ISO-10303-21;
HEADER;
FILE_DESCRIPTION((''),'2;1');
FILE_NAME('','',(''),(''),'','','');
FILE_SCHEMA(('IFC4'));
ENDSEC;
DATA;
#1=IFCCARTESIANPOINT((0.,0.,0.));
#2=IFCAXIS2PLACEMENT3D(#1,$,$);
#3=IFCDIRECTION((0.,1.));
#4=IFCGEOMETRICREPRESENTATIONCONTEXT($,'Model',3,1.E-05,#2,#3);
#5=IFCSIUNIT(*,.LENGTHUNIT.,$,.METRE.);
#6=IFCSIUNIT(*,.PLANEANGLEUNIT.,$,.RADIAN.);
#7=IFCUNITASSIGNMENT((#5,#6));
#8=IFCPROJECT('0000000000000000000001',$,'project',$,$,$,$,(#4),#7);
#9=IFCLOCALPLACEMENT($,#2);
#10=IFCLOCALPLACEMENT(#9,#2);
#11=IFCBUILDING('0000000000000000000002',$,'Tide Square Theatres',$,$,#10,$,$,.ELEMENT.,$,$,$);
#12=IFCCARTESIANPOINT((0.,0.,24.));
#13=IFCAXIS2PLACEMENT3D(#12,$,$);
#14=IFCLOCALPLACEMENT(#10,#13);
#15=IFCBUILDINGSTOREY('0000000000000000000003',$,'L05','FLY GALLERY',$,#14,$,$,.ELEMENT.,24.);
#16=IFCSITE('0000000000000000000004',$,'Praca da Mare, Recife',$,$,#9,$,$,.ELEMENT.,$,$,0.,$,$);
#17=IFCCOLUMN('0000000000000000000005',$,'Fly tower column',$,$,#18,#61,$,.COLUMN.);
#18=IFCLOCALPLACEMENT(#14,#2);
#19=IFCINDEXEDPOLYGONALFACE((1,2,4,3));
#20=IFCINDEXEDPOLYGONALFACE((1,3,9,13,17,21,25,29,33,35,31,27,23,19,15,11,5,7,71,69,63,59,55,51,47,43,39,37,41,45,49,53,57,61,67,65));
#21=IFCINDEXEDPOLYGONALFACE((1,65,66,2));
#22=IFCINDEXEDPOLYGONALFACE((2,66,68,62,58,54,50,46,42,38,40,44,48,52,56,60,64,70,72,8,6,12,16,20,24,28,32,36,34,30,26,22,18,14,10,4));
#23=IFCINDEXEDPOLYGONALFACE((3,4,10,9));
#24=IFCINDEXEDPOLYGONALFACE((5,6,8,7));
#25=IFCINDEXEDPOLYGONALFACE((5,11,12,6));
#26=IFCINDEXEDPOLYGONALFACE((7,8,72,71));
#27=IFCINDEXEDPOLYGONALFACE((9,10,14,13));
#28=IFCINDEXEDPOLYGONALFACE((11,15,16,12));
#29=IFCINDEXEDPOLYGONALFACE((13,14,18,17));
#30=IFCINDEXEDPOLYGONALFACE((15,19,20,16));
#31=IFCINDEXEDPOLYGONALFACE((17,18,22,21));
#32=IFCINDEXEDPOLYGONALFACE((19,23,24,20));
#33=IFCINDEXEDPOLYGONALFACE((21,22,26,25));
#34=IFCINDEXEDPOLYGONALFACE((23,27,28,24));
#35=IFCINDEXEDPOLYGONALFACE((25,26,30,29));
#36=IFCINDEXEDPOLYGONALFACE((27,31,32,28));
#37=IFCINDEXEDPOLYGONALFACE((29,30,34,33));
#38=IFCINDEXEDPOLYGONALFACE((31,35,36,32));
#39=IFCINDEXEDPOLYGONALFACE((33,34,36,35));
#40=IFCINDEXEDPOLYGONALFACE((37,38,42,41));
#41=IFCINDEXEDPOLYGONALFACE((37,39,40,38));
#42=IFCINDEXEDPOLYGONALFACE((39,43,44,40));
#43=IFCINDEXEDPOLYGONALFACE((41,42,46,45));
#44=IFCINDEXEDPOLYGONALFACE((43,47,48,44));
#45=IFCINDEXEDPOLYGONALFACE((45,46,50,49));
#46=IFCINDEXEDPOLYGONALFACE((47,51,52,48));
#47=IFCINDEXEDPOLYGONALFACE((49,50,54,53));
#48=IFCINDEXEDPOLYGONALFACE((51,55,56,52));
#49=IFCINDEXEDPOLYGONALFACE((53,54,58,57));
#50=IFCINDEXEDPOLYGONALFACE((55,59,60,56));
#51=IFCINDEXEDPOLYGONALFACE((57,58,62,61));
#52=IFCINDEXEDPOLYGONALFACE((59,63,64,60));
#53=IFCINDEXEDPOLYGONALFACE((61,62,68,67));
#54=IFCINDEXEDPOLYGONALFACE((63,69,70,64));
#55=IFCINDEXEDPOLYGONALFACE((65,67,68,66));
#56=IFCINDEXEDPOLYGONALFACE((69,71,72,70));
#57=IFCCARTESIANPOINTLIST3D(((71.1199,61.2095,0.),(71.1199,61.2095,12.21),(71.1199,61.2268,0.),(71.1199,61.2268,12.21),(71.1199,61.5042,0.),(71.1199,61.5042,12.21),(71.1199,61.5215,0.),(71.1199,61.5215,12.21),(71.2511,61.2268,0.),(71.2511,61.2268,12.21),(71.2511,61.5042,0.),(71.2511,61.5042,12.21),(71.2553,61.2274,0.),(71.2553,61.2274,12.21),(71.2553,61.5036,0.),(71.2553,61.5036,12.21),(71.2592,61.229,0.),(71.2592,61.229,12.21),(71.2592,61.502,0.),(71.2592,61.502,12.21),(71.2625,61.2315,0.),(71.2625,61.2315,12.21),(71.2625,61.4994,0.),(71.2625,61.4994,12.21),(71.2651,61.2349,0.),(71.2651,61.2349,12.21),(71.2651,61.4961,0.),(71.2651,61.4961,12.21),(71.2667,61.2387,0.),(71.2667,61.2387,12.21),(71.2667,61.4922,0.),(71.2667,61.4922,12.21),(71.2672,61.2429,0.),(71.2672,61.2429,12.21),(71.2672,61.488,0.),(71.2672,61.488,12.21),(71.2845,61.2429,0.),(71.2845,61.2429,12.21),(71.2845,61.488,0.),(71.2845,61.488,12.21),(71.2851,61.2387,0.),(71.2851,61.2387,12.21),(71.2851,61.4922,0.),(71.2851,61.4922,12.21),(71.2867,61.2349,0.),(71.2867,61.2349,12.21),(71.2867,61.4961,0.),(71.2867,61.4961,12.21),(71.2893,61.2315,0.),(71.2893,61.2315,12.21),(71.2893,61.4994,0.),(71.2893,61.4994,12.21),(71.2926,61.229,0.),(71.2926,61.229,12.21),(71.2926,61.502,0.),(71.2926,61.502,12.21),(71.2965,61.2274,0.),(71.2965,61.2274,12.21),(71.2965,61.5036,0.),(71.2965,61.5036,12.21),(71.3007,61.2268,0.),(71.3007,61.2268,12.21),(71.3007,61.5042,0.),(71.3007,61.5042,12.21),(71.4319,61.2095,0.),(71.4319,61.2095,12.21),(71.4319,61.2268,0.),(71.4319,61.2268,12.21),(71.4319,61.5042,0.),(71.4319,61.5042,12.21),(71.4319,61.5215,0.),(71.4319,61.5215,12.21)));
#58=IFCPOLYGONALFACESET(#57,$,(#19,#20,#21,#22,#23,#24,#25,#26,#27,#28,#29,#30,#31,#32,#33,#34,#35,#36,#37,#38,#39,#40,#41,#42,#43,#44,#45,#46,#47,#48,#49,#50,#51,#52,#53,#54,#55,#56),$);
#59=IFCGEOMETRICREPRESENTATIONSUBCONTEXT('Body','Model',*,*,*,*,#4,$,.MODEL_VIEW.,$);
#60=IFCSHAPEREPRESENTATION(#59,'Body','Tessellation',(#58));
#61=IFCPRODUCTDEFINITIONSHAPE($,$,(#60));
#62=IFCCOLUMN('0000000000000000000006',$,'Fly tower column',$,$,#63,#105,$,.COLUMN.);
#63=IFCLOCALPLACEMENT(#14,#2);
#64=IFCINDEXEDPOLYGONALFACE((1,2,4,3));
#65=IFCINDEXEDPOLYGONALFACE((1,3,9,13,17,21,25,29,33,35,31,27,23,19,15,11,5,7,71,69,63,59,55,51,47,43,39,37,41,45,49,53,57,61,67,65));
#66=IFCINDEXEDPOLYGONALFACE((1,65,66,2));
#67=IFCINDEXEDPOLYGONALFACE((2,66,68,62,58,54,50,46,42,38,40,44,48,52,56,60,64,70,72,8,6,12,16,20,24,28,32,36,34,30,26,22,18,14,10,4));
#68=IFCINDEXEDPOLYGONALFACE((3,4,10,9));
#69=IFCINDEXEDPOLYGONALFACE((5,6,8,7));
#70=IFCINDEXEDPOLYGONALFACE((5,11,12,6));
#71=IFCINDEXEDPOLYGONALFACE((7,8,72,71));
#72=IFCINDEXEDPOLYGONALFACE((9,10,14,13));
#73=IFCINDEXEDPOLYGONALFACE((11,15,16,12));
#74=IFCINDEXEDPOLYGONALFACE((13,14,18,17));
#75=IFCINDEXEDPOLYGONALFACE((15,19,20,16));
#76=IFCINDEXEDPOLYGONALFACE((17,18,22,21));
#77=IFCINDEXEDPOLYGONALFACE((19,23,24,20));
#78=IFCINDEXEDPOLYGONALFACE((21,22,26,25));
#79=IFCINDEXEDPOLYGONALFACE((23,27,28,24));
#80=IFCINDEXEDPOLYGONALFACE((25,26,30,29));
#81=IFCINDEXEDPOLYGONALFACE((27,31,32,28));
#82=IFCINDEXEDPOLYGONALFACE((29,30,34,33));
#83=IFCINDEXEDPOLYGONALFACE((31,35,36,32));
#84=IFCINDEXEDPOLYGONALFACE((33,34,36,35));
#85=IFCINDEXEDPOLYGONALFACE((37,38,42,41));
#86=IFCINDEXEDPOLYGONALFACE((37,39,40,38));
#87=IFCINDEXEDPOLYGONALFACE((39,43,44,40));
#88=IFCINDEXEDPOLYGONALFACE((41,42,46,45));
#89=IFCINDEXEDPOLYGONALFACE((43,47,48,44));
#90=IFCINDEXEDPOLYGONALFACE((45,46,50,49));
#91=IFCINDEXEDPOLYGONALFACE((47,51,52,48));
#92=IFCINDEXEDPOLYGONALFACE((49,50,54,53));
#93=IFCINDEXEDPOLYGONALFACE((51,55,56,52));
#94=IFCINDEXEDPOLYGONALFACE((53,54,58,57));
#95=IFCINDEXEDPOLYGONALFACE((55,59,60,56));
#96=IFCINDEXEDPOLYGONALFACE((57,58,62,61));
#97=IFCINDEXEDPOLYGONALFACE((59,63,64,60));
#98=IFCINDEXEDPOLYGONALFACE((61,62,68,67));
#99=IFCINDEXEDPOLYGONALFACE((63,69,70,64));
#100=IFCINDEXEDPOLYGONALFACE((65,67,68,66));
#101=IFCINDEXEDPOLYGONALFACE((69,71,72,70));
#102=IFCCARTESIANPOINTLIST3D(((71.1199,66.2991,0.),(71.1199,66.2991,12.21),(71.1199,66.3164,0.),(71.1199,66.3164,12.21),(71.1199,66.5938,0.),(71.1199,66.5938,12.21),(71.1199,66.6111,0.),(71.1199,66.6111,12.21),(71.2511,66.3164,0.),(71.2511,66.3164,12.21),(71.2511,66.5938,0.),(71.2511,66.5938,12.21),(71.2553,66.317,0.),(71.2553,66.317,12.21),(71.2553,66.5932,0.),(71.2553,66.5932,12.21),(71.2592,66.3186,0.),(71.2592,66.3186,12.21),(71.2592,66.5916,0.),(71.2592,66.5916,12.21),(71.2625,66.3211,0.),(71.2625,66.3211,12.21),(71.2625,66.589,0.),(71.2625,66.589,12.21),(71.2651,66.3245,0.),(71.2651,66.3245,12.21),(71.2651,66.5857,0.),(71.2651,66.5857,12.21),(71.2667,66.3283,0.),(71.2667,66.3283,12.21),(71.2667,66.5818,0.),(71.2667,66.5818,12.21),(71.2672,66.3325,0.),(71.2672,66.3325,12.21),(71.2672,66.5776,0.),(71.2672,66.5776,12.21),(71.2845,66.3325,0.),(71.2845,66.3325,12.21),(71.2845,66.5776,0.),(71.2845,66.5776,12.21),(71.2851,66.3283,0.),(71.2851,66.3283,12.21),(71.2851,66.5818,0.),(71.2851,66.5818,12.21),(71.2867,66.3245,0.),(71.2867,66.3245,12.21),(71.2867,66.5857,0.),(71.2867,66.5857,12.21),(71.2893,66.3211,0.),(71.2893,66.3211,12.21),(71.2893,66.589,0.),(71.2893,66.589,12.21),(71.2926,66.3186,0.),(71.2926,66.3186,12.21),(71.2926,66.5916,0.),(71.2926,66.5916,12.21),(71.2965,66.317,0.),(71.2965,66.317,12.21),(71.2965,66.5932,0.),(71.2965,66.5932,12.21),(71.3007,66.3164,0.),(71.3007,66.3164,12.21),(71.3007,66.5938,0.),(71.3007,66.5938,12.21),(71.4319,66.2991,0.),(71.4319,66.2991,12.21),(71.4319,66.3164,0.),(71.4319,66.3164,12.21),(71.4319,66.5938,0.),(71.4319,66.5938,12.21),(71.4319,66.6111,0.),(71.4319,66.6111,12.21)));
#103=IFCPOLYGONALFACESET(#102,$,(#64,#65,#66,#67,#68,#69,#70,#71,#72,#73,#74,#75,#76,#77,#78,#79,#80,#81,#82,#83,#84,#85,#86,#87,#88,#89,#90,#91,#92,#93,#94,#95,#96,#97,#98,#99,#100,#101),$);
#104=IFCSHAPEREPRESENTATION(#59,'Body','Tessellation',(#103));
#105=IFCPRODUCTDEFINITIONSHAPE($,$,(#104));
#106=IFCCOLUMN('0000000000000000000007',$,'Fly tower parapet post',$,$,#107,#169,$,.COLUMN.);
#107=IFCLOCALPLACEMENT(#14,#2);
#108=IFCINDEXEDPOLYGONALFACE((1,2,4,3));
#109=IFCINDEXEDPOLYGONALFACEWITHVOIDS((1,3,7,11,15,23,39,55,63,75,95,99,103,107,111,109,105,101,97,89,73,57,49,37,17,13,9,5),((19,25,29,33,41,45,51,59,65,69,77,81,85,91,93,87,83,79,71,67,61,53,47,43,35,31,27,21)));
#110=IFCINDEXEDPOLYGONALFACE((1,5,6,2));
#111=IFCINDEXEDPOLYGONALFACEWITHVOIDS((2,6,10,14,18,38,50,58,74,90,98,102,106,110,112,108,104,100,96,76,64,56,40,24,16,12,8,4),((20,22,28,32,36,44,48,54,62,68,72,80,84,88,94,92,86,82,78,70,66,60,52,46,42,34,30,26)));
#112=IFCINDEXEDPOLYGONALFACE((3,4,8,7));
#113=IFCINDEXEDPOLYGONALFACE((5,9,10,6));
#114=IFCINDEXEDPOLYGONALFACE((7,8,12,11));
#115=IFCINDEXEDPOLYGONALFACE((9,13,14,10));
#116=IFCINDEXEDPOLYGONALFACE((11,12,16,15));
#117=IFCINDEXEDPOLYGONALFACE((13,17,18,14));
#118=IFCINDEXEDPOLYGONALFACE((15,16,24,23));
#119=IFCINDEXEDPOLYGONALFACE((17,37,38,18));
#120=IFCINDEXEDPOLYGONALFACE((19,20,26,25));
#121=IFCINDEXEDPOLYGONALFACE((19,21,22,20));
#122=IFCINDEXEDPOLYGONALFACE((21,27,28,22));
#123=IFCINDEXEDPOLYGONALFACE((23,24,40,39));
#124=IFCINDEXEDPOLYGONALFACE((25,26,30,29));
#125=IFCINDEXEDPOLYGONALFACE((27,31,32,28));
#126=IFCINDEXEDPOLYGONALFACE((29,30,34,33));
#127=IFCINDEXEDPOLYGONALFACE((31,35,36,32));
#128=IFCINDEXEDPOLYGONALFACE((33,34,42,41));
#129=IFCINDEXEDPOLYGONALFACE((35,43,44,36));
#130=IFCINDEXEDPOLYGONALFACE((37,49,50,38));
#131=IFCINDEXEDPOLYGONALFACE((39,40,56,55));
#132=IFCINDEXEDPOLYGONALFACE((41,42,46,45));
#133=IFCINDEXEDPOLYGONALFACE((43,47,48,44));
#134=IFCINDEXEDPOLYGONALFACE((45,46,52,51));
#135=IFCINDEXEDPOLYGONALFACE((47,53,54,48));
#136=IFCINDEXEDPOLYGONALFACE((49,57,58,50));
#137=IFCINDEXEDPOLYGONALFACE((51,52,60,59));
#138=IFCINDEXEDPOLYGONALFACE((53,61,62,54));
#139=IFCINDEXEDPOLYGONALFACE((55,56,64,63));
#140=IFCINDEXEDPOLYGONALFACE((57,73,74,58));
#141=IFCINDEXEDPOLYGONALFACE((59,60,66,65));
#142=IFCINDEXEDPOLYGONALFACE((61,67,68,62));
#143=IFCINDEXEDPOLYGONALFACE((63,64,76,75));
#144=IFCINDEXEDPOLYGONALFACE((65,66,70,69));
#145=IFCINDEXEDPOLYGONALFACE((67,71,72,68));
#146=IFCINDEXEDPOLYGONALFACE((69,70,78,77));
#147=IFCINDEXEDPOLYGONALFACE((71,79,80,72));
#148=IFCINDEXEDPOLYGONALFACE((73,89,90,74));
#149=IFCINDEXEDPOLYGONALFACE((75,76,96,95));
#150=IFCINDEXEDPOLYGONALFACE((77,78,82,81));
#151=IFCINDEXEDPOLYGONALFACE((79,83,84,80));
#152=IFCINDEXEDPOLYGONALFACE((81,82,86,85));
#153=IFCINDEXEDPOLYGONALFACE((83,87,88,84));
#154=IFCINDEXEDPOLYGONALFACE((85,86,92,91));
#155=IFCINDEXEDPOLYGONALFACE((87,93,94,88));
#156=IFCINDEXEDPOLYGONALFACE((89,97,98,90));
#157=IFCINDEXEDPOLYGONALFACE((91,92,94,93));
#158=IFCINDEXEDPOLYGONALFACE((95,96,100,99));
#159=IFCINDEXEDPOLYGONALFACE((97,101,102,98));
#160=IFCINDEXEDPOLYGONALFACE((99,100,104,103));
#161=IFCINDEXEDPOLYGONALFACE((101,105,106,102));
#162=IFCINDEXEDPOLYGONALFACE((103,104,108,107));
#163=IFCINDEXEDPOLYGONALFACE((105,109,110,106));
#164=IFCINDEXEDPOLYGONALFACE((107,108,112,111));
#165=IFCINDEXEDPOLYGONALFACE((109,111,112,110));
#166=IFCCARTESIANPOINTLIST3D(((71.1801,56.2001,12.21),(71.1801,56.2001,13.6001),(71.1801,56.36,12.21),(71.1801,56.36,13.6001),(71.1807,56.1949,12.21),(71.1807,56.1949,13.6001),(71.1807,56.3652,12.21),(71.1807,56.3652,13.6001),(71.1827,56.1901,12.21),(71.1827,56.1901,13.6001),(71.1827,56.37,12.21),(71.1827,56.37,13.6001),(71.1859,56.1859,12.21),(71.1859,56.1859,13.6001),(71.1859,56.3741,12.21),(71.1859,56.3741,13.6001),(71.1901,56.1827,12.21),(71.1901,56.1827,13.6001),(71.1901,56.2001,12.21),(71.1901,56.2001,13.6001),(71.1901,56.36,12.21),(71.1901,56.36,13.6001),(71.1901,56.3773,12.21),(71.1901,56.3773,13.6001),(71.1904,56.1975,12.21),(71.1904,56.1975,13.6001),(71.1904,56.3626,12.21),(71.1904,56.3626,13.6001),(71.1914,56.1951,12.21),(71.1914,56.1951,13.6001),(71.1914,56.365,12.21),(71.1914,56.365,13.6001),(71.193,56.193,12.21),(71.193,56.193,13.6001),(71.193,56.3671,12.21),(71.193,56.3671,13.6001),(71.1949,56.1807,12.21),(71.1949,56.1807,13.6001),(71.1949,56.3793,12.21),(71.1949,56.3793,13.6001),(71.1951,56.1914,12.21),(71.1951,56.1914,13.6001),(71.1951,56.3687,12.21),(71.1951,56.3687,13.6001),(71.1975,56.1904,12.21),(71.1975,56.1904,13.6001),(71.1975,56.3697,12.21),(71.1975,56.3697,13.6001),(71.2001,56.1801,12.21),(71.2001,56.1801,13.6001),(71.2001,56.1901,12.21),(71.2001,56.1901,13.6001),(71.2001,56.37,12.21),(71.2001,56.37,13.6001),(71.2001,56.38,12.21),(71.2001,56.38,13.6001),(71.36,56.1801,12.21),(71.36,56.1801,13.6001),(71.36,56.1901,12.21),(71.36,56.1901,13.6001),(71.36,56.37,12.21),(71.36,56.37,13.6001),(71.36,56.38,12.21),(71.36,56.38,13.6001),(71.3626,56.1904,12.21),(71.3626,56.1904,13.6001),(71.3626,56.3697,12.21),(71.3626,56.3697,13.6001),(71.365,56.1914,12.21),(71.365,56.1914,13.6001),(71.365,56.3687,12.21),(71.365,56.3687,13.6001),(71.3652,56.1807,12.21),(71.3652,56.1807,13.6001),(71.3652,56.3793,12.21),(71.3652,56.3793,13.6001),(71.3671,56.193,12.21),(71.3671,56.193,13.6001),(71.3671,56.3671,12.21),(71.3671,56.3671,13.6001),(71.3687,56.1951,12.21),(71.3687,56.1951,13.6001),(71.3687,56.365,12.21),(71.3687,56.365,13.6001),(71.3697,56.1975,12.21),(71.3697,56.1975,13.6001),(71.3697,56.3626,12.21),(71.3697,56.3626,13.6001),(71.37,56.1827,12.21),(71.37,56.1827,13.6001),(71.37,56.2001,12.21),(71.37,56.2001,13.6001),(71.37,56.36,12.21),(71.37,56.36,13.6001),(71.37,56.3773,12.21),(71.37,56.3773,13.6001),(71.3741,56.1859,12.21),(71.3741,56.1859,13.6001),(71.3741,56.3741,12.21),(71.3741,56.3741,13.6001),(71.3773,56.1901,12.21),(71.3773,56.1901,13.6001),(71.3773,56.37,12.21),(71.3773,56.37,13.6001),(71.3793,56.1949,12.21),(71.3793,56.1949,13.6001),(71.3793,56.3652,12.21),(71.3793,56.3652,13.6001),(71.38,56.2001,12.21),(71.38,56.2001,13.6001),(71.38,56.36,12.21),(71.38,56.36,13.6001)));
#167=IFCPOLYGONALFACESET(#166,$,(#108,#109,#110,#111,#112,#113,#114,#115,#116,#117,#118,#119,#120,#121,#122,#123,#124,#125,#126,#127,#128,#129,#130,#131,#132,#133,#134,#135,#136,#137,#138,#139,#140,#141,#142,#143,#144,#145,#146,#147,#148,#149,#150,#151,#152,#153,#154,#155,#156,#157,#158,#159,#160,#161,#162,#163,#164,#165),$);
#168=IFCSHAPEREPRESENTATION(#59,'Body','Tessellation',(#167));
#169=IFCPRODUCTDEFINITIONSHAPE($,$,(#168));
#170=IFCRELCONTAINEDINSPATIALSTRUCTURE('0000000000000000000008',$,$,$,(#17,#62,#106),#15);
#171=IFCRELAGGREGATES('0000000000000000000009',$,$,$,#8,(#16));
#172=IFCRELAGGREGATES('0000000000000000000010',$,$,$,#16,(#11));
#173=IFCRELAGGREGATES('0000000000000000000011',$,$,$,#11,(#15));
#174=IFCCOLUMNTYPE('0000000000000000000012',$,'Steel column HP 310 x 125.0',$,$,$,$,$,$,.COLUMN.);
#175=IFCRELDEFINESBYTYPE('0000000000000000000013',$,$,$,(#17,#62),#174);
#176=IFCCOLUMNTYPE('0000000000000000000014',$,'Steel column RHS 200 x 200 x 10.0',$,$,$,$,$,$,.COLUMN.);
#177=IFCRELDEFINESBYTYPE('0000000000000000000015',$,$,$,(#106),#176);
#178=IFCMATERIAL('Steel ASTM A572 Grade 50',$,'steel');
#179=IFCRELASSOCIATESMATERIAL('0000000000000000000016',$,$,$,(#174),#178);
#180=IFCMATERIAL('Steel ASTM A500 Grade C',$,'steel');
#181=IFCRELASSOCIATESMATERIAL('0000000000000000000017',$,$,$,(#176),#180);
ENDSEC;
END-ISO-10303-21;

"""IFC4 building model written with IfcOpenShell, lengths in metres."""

from ifc_helpers import new_model, si_unit, direction, frame, origin, origin_2d, place, context, subcontext, project, spatial, hollow_rectangle, i_section, extrude, material, material_profile, profile_set, type_object, element, save


model = new_model("IFC4")

# Units and contexts
model_context = context("Model", 3, precision=1e-05, world=origin(), true_north=direction((0.0, 1.0)))
body_context = subcontext(model_context, "Body", "Model", "MODEL_VIEW")
ifc_project = project(units=[si_unit("LENGTHUNIT", "METRE"), si_unit("PLANEANGLEUNIT", "RADIAN")], contexts=[model_context])

# Site, building, storey
site_placement = place(None, origin())
site = spatial("IfcSite", under=ifc_project, at=site_placement, Name="Praca da Mare, Recife", CompositionType="ELEMENT", RefElevation=0.0)
building_placement = place(site_placement, origin())
building = spatial("IfcBuilding", under=site, at=building_placement, Name="Tide Square Theatres", CompositionType="ELEMENT")
storey_placement = place(building_placement, frame((0.0, 0.0, 24.0)))
storey = spatial("IfcBuildingStorey", under=building, at=storey_placement, Name="L05", Description="FLY GALLERY", CompositionType="ELEMENT", Elevation=24.0)

# Columns
ifc_material_1 = material(Name="Steel ASTM A572 Grade 50", Category="steel")
ifc_material_profile_1 = material_profile(ifc_material_1, i_section(OverallWidth=0.312, OverallDepth=0.312, WebThickness=0.0173, FlangeThickness=0.0173, FilletRadius=0.0161, at=origin_2d()))
ifc_profile_set_1 = profile_set([ifc_material_profile_1], Name="Steel ASTM A572 Grade 50")
column_type_1 = type_object("IfcColumnType", Name="Steel column HP 310 x 125.0", PredefinedType="COLUMN", material=ifc_profile_set_1)
for number, where, z_axis, x_axis, name in (
    (1, (71.2759, 61.3655, 0.0), (0.0, 0.0, 1.0), (1.0, 0.0, 0.0), "Fly tower column"),
    (2, (71.2759, 66.4551, 0.0), (0.0, 0.0, 1.0), (1.0, 0.0, 0.0), "Fly tower column"),
):
    element("IfcColumn", number, at=place(storey_placement, frame(where, z_axis=z_axis, x_axis=x_axis)), inside=storey, type_object=column_type_1, Name=name, PredefinedType="COLUMN", context=body_context, shape_type="SweptSolid", body=[
        extrude(i_section(OverallWidth=0.312, OverallDepth=0.312, WebThickness=0.0173, FlangeThickness=0.0173, FilletRadius=0.0161, at=origin_2d()), origin(), (0.0, 0.0, 1.0), 12.21),
    ])
ifc_material_2 = material(Name="Steel ASTM A500 Grade C", Category="steel")
ifc_material_profile_2 = material_profile(ifc_material_2, hollow_rectangle(XDim=0.2, YDim=0.2, WallThickness=0.01, InnerFilletRadius=0.01, OuterFilletRadius=0.02, at=origin_2d()))
ifc_profile_set_2 = profile_set([ifc_material_profile_2], Name="Steel ASTM A500 Grade C")
column_type_2 = type_object("IfcColumnType", Name="Steel column RHS 200 x 200 x 10.0", PredefinedType="COLUMN", material=ifc_profile_set_2)
for number, where, z_axis, x_axis, name in (
    (3, (71.28, 56.28, 12.21), (0.0, 0.0, 1.0), (1.0, 0.0, 0.0), "Fly tower parapet post"),
):
    element("IfcColumn", number, at=place(storey_placement, frame(where, z_axis=z_axis, x_axis=x_axis)), inside=storey, type_object=column_type_2, Name=name, PredefinedType="COLUMN", context=body_context, shape_type="SweptSolid", body=[
        extrude(hollow_rectangle(XDim=0.2, YDim=0.2, WallThickness=0.01, InnerFilletRadius=0.01, OuterFilletRadius=0.02, at=origin_2d()), origin(), (0.0, 0.0, 1.0), 1.3901),
    ])

save(model, "model.ifc")
